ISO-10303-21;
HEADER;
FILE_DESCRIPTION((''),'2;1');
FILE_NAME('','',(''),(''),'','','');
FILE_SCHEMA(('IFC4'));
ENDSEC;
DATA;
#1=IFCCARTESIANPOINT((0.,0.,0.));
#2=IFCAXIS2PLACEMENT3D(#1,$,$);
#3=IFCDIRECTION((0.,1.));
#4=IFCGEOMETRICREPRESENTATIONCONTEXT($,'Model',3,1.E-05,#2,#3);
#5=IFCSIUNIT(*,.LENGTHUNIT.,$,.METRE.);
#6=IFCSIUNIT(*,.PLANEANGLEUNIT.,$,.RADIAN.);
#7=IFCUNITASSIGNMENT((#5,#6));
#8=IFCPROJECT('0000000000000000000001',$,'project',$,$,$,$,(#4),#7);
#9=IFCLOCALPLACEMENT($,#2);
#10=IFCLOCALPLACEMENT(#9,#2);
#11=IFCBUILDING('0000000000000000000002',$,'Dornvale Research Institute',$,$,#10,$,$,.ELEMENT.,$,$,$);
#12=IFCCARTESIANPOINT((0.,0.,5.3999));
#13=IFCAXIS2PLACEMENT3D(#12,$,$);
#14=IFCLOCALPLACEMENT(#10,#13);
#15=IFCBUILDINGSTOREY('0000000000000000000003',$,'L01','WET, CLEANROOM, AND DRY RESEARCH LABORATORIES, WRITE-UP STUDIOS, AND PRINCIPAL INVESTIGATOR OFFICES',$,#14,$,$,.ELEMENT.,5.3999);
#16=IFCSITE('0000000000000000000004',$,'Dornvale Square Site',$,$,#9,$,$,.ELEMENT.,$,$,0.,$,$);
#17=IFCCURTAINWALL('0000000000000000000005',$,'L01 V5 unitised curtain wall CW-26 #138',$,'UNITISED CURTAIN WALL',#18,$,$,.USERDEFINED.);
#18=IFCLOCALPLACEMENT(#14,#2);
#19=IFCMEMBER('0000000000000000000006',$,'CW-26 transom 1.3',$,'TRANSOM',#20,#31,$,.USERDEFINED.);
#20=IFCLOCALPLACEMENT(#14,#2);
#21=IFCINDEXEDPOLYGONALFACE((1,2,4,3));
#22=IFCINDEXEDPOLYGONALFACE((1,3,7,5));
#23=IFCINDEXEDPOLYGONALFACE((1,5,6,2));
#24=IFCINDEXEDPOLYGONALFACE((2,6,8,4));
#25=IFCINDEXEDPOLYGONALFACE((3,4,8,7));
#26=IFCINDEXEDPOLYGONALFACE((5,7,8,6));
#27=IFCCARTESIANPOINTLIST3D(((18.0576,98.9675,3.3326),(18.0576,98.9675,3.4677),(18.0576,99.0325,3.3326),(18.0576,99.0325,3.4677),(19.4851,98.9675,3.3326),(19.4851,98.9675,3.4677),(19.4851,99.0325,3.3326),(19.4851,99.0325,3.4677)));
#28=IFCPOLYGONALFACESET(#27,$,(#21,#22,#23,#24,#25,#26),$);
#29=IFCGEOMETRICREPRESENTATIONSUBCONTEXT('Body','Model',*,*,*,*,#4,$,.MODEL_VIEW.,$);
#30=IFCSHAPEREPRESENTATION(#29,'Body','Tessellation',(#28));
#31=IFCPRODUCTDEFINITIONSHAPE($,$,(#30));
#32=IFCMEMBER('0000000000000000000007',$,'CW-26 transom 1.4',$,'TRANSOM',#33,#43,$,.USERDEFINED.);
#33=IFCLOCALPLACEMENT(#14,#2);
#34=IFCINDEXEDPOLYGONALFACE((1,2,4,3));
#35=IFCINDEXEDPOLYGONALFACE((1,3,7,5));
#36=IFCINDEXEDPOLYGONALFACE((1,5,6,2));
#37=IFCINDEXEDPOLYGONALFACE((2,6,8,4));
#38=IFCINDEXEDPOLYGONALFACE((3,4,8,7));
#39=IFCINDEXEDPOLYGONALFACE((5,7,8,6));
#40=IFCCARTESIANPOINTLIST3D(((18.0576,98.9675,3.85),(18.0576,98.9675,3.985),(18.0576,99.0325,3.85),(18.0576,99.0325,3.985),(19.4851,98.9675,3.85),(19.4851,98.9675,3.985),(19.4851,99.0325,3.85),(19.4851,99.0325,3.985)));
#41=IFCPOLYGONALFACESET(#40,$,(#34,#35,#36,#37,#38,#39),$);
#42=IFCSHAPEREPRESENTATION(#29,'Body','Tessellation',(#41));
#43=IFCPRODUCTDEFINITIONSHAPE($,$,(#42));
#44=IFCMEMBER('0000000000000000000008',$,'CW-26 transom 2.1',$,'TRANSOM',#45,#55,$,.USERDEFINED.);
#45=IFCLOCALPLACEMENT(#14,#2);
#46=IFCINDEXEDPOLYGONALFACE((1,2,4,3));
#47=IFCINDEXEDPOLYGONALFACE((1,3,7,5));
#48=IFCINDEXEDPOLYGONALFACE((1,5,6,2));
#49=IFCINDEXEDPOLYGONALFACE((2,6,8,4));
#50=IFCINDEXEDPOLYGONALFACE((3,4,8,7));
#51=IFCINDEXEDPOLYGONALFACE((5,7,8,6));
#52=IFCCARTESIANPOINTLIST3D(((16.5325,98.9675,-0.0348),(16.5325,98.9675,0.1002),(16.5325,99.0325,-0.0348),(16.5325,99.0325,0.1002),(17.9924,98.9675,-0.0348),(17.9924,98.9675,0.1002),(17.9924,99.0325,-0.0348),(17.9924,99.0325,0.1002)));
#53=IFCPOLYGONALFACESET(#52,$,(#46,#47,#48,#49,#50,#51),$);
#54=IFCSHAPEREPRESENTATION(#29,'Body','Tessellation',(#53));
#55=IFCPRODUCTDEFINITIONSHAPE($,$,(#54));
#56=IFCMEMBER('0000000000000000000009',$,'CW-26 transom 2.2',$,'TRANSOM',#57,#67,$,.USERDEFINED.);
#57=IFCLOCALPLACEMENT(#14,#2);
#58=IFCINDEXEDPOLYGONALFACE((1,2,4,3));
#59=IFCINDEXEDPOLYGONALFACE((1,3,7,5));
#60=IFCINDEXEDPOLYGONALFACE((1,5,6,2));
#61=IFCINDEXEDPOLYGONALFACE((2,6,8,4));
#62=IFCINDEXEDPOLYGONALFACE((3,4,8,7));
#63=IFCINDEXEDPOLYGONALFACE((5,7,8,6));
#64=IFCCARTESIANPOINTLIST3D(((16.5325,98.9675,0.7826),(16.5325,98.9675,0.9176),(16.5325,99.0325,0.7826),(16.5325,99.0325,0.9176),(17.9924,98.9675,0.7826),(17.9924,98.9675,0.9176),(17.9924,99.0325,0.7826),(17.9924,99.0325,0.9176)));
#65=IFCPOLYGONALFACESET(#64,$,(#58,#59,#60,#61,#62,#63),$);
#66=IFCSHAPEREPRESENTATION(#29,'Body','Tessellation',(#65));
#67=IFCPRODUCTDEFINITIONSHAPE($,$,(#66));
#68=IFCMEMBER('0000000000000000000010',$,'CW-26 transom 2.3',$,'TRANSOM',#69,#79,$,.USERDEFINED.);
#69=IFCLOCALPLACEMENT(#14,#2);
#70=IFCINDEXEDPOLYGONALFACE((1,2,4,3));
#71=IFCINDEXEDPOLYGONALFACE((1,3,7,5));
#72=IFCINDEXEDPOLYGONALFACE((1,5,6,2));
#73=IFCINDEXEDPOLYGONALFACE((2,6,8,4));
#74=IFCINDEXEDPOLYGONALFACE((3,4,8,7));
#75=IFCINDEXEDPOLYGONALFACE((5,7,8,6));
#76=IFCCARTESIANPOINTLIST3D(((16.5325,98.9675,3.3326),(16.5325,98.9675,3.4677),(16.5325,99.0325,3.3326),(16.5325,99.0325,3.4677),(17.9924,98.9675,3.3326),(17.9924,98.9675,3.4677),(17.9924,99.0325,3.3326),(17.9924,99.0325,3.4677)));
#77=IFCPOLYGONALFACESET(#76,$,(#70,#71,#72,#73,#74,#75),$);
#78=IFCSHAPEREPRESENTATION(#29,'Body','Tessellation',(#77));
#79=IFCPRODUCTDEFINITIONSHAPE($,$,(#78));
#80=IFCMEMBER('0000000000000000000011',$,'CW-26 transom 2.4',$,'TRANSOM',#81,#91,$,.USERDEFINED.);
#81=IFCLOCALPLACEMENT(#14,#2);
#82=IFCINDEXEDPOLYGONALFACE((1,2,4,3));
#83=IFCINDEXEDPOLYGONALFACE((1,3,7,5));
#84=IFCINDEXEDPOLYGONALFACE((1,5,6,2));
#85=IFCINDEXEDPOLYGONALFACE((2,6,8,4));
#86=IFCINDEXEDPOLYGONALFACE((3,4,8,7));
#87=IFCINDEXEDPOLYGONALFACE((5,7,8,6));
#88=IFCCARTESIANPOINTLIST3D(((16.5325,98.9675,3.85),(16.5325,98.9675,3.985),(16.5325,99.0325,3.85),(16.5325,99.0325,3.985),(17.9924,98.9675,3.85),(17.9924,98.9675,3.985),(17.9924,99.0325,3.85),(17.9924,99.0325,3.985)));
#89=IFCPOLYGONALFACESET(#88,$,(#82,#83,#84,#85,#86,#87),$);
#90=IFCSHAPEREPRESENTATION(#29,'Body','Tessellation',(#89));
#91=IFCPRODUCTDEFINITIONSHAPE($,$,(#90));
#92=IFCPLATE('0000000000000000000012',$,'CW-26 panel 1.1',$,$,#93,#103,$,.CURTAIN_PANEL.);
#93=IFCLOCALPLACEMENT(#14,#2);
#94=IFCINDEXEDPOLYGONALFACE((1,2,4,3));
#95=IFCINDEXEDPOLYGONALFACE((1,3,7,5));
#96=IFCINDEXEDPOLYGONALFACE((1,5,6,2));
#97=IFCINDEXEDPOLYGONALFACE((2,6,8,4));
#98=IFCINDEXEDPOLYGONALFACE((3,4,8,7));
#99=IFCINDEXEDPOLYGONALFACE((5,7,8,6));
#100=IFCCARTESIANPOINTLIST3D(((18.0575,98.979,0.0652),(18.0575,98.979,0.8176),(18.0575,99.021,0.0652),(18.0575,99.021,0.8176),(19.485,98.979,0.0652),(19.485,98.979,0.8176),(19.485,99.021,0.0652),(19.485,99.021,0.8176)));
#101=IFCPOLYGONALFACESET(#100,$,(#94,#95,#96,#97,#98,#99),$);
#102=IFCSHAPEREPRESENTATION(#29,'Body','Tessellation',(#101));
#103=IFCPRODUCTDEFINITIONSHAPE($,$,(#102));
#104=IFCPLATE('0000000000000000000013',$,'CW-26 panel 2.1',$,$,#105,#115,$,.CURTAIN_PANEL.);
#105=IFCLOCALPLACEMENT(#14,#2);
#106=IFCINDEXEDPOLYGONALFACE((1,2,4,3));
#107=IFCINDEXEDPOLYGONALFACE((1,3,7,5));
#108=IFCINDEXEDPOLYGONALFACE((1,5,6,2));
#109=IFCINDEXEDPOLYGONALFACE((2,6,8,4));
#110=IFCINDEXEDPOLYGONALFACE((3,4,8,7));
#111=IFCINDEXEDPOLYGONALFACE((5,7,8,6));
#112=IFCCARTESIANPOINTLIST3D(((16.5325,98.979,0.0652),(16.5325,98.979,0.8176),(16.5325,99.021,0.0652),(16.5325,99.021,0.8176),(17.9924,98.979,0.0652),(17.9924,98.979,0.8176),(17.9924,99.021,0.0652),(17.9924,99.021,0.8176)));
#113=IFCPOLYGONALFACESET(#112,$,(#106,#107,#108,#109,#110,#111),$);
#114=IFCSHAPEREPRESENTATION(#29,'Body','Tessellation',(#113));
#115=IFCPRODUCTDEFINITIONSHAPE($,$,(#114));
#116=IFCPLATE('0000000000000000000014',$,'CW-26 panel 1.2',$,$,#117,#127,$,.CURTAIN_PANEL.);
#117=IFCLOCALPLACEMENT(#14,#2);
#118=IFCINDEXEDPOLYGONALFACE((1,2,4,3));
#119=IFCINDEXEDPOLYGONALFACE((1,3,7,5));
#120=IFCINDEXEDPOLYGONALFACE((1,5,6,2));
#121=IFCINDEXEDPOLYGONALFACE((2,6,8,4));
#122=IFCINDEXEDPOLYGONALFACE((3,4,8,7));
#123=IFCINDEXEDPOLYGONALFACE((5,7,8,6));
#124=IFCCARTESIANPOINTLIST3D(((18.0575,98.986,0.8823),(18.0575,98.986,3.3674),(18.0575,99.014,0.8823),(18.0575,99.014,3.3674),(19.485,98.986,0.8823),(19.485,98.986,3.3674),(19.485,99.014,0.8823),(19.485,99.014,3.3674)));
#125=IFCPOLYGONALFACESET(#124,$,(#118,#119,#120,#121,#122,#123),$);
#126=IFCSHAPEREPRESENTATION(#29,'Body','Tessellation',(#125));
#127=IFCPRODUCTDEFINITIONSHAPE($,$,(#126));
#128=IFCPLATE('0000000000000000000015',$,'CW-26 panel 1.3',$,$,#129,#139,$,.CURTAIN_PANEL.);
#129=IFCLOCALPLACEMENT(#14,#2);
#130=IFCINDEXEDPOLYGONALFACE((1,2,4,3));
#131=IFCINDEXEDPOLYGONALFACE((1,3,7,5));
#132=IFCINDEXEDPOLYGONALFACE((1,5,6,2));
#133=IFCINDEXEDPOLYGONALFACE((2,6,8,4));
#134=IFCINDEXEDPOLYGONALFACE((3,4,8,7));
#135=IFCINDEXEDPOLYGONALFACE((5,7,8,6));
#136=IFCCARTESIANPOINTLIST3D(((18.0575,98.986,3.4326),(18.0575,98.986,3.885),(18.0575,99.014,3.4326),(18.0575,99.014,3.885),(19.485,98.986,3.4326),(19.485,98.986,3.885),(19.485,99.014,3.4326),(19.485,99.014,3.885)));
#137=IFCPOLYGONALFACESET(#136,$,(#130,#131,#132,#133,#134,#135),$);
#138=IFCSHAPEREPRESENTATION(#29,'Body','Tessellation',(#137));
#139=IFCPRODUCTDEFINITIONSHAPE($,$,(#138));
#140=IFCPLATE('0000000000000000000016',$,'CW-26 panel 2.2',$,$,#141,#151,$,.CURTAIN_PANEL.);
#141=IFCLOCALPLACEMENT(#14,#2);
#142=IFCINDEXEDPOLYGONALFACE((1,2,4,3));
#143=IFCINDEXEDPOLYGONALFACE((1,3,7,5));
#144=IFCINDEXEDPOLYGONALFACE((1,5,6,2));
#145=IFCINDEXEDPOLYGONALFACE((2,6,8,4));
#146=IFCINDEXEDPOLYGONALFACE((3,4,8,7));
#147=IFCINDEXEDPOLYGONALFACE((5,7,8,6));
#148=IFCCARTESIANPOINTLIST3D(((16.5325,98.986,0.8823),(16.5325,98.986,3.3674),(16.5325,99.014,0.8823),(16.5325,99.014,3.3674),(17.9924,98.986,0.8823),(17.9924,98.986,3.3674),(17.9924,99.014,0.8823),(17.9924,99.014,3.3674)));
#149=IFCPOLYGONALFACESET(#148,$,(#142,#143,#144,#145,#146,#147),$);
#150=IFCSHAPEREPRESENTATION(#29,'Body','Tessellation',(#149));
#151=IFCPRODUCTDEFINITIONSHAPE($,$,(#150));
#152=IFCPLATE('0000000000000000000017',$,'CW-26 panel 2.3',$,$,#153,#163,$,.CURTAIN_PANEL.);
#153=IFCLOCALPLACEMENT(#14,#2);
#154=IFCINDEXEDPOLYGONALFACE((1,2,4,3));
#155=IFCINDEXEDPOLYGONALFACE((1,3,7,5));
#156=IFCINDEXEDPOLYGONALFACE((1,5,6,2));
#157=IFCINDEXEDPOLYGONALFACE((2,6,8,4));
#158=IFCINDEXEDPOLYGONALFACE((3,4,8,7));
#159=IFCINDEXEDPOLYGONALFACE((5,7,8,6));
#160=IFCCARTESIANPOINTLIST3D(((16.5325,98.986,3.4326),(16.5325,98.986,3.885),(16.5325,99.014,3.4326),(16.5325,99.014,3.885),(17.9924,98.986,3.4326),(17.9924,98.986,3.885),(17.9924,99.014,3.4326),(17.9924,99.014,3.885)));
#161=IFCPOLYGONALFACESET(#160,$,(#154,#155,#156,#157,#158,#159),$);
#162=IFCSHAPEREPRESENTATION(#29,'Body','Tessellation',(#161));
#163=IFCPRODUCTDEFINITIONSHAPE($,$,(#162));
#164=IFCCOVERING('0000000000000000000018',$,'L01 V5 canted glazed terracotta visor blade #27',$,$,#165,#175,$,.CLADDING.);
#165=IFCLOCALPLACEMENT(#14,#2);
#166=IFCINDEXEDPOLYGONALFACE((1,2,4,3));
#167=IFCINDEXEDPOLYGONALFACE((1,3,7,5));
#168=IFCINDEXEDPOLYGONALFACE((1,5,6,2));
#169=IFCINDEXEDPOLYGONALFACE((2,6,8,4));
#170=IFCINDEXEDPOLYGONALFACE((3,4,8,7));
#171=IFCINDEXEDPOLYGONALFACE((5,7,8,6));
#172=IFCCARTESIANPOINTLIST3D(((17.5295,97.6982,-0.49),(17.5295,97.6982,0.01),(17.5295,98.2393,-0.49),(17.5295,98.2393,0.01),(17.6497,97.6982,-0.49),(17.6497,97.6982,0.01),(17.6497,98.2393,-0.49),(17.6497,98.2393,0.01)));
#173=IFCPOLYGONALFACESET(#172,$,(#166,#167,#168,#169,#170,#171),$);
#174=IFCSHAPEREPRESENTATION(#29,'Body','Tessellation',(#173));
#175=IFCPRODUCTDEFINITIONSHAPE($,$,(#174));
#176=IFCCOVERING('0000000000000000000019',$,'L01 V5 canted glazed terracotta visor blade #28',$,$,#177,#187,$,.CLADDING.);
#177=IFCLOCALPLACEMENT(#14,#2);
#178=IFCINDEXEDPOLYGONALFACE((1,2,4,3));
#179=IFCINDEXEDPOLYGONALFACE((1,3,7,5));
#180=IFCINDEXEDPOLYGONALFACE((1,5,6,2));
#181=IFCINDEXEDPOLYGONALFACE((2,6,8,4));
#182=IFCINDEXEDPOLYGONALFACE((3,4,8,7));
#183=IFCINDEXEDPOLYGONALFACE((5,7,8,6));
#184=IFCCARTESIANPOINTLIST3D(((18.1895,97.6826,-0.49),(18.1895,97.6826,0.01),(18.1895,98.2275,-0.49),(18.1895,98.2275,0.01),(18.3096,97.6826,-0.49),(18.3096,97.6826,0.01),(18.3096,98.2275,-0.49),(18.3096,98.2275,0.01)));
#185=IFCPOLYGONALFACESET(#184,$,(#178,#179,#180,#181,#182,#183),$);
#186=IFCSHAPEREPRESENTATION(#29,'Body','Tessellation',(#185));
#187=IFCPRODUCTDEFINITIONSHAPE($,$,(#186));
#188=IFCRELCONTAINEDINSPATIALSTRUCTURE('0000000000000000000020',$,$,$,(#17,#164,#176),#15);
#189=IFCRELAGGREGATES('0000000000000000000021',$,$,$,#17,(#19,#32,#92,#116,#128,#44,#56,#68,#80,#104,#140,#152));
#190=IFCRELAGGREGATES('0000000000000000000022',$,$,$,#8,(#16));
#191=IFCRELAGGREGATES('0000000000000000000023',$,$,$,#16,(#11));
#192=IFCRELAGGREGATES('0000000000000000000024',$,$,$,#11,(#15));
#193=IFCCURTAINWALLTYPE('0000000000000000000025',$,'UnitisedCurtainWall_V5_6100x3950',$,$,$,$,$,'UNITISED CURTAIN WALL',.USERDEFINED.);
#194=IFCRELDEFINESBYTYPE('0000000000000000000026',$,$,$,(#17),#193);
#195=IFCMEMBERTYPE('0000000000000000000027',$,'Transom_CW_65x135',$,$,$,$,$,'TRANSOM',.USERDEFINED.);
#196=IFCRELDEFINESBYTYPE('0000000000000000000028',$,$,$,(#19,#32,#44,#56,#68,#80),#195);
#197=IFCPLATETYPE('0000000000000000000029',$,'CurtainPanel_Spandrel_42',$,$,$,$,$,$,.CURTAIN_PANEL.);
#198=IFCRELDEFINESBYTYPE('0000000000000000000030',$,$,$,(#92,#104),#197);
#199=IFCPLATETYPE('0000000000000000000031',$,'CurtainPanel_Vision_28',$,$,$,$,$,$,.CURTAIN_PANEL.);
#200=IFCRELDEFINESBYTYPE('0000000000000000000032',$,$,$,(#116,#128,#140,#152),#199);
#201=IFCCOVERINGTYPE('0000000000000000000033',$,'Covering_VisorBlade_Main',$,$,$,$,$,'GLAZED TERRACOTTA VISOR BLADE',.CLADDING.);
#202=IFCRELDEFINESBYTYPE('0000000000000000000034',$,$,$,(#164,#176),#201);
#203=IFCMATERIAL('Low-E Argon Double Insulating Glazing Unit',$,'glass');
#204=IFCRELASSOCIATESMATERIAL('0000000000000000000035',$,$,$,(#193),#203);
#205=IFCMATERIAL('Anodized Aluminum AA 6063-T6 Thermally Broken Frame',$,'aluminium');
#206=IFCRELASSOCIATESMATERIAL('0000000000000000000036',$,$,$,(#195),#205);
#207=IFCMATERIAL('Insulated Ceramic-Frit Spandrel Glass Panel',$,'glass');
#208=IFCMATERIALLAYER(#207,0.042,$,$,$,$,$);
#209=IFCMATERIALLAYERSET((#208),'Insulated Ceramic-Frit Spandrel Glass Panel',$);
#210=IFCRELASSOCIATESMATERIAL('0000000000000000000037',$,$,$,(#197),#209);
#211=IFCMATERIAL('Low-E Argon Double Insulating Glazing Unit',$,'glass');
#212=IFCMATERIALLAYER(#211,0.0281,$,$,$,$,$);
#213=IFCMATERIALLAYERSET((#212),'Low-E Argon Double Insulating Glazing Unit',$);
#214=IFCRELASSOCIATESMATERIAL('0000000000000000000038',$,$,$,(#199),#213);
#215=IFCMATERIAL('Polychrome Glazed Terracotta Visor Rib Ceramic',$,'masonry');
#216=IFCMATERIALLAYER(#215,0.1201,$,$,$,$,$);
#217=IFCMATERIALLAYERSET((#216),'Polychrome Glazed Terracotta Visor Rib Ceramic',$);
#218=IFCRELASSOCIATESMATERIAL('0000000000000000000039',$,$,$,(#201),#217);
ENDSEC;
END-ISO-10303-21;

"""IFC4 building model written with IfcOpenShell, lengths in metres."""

from ifc_helpers import new_model, si_unit, direction, frame, origin, origin_2d, place, context, subcontext, project, spatial, rectangle, extrude, material, layer, layer_set, material_profile, profile_set, type_object, element, aggregate, save


model = new_model("IFC4")

# Units and contexts
model_context = context("Model", 3, precision=1e-05, world=origin(), true_north=direction((0.0, 1.0)))
body_context = subcontext(model_context, "Body", "Model", "MODEL_VIEW")
ifc_project = project(units=[si_unit("LENGTHUNIT", "METRE"), si_unit("PLANEANGLEUNIT", "RADIAN")], contexts=[model_context])

# Site, building, storey
site_placement = place(None, origin())
site = spatial("IfcSite", under=ifc_project, at=site_placement, Name="Dornvale Square Site", CompositionType="ELEMENT", RefElevation=0.0)
building_placement = place(site_placement, origin())
building = spatial("IfcBuilding", under=site, at=building_placement, Name="Dornvale Research Institute", CompositionType="ELEMENT")
storey_placement = place(building_placement, frame((0.0, 0.0, 5.3999)))
storey = spatial("IfcBuildingStorey", under=building, at=storey_placement, Name="L01", Description="WET, CLEANROOM, AND DRY RESEARCH LABORATORIES, WRITE-UP STUDIOS, AND PRINCIPAL INVESTIGATOR OFFICES", CompositionType="ELEMENT", Elevation=5.3999)

# Curtain wall
ifc_material_1 = material(Name="Low-E Argon Double Insulating Glazing Unit", Category="glass")
curtain_wall_type = type_object("IfcCurtainWallType", Name="UnitisedCurtainWall_V5_6100x3950", ElementType="UNITISED CURTAIN WALL", PredefinedType="USERDEFINED", material=ifc_material_1)
curtain_wall_placement = place(storey_placement, origin())
curtain_wall = element("IfcCurtainWall", 1, at=curtain_wall_placement, inside=storey, type_object=curtain_wall_type, Name="L01 V5 unitised curtain wall CW-26 #138", ObjectType="UNITISED CURTAIN WALL", PredefinedType="USERDEFINED")

# Members
ifc_material_2 = material(Name="Anodized Aluminum AA 6063-T6 Thermally Broken Frame", Category="aluminium")
ifc_material_profile_1 = material_profile(ifc_material_2, rectangle(XDim=0.0649, YDim=0.135, at=origin_2d()), Name="ALU TRANSOM 65x135")
ifc_profile_set_1 = profile_set([ifc_material_profile_1], Name="Anodized Aluminum AA 6063-T6 Thermally Broken Frame")
member_type_1 = type_object("IfcMemberType", Name="Transom_CW_65x135", ElementType="TRANSOM", PredefinedType="USERDEFINED", material=ifc_profile_set_1)
member_1_placement = place(storey_placement, frame((19.4851, 99.0, 3.4001), z_axis=(-1.0, 0.0, 0.0), x_axis=(0.0, -1.0, 0.0)))
member_1 = element("IfcMember", 2, at=member_1_placement, type_object=member_type_1, Name="CW-26 transom 1.3", ObjectType="TRANSOM", PredefinedType="USERDEFINED", context=body_context, shape_type="SweptSolid", body=[
    extrude(rectangle(XDim=0.0649, YDim=0.135, at=origin_2d()), origin(), (0.0, 0.0, 1.0), 1.4275),
])
member_2_placement = place(storey_placement, frame((19.4851, 99.0, 3.9175), z_axis=(-1.0, 0.0, 0.0), x_axis=(0.0, -1.0, 0.0)))
member_2 = element("IfcMember", 3, at=member_2_placement, type_object=member_type_1, Name="CW-26 transom 1.4", ObjectType="TRANSOM", PredefinedType="USERDEFINED", context=body_context, shape_type="SweptSolid", body=[
    extrude(rectangle(XDim=0.0649, YDim=0.135, at=origin_2d()), origin(), (0.0, 0.0, 1.0), 1.4275),
])
member_3_placement = place(storey_placement, frame((17.9924, 99.0, 0.0327), z_axis=(-1.0, 0.0, 0.0), x_axis=(0.0, -1.0, 0.0)))
member_3 = element("IfcMember", 4, at=member_3_placement, type_object=member_type_1, Name="CW-26 transom 2.1", ObjectType="TRANSOM", PredefinedType="USERDEFINED", context=body_context, shape_type="SweptSolid", body=[
    extrude(rectangle(XDim=0.0649, YDim=0.135, at=origin_2d()), origin(), (0.0, 0.0, 1.0), 1.46),
])
member_4_placement = place(storey_placement, frame((17.9924, 99.0, 0.8501), z_axis=(-1.0, 0.0, 0.0), x_axis=(0.0, -1.0, 0.0)))
member_4 = element("IfcMember", 5, at=member_4_placement, type_object=member_type_1, Name="CW-26 transom 2.2", ObjectType="TRANSOM", PredefinedType="USERDEFINED", context=body_context, shape_type="SweptSolid", body=[
    extrude(rectangle(XDim=0.0649, YDim=0.135, at=origin_2d()), origin(), (0.0, 0.0, 1.0), 1.46),
])
member_5_placement = place(storey_placement, frame((17.9924, 99.0, 3.4001), z_axis=(-1.0, 0.0, 0.0), x_axis=(0.0, -1.0, 0.0)))
member_5 = element("IfcMember", 6, at=member_5_placement, type_object=member_type_1, Name="CW-26 transom 2.3", ObjectType="TRANSOM", PredefinedType="USERDEFINED", context=body_context, shape_type="SweptSolid", body=[
    extrude(rectangle(XDim=0.0649, YDim=0.135, at=origin_2d()), origin(), (0.0, 0.0, 1.0), 1.46),
])
member_6_placement = place(storey_placement, frame((17.9924, 99.0, 3.9175), z_axis=(-1.0, 0.0, 0.0), x_axis=(0.0, -1.0, 0.0)))
member_6 = element("IfcMember", 7, at=member_6_placement, type_object=member_type_1, Name="CW-26 transom 2.4", ObjectType="TRANSOM", PredefinedType="USERDEFINED", context=body_context, shape_type="SweptSolid", body=[
    extrude(rectangle(XDim=0.0649, YDim=0.135, at=origin_2d()), origin(), (0.0, 0.0, 1.0), 1.46),
])

# Plates
ifc_material_3 = material(Name="Insulated Ceramic-Frit Spandrel Glass Panel", Category="glass")
ifc_layer_1 = layer(ifc_material_3, 0.042)
ifc_layer_set_1 = layer_set([ifc_layer_1], Name="Insulated Ceramic-Frit Spandrel Glass Panel")
plate_type_1 = type_object("IfcPlateType", Name="CurtainPanel_Spandrel_42", PredefinedType="CURTAIN_PANEL", material=ifc_layer_set_1)
plate_1_placement = place(storey_placement, frame((18.7712, 99.0, 0.0652), z_axis=(0.0, 0.0, 1.0), x_axis=(-1.0, 0.0, 0.0)))
plate_1 = element("IfcPlate", 8, at=plate_1_placement, type_object=plate_type_1, Name="CW-26 panel 1.1", PredefinedType="CURTAIN_PANEL", context=body_context, shape_type="SweptSolid", body=[
    extrude(rectangle(XDim=1.4275, YDim=0.042, at=origin_2d()), origin(), (0.0, 0.0, 1.0), 0.7524),
])
plate_2_placement = place(storey_placement, frame((17.2625, 99.0, 0.0652), z_axis=(0.0, 0.0, 1.0), x_axis=(-1.0, 0.0, 0.0)))
plate_2 = element("IfcPlate", 9, at=plate_2_placement, type_object=plate_type_1, Name="CW-26 panel 2.1", PredefinedType="CURTAIN_PANEL", context=body_context, shape_type="SweptSolid", body=[
    extrude(rectangle(XDim=1.46, YDim=0.042, at=origin_2d()), origin(), (0.0, 0.0, 1.0), 0.7524),
])
ifc_material_4 = material(Name="Low-E Argon Double Insulating Glazing Unit", Category="glass")
ifc_layer_2 = layer(ifc_material_4, 0.0281)
ifc_layer_set_2 = layer_set([ifc_layer_2], Name="Low-E Argon Double Insulating Glazing Unit")
plate_type_2 = type_object("IfcPlateType", Name="CurtainPanel_Vision_28", PredefinedType="CURTAIN_PANEL", material=ifc_layer_set_2)
plate_3_placement = place(storey_placement, frame((18.7712, 99.0, 0.8823), z_axis=(0.0, 0.0, 1.0), x_axis=(-1.0, 0.0, 0.0)))
plate_3 = element("IfcPlate", 10, at=plate_3_placement, type_object=plate_type_2, Name="CW-26 panel 1.2", PredefinedType="CURTAIN_PANEL", context=body_context, shape_type="SweptSolid", body=[
    extrude(rectangle(XDim=1.4275, YDim=0.0281, at=origin_2d()), origin(), (0.0, 0.0, 1.0), 2.4851),
])
plate_4_placement = place(storey_placement, frame((18.7712, 99.0, 3.4326), z_axis=(0.0, 0.0, 1.0), x_axis=(-1.0, 0.0, 0.0)))
plate_4 = element("IfcPlate", 11, at=plate_4_placement, type_object=plate_type_2, Name="CW-26 panel 1.3", PredefinedType="CURTAIN_PANEL", context=body_context, shape_type="SweptSolid", body=[
    extrude(rectangle(XDim=1.4275, YDim=0.0281, at=origin_2d()), origin(), (0.0, 0.0, 1.0), 0.4524),
])
plate_5_placement = place(storey_placement, frame((17.2625, 99.0, 0.8823), z_axis=(0.0, 0.0, 1.0), x_axis=(-1.0, 0.0, 0.0)))
plate_5 = element("IfcPlate", 12, at=plate_5_placement, type_object=plate_type_2, Name="CW-26 panel 2.2", PredefinedType="CURTAIN_PANEL", context=body_context, shape_type="SweptSolid", body=[
    extrude(rectangle(XDim=1.46, YDim=0.0281, at=origin_2d()), origin(), (0.0, 0.0, 1.0), 2.4851),
])
plate_6_placement = place(storey_placement, frame((17.2625, 99.0, 3.4326), z_axis=(0.0, 0.0, 1.0), x_axis=(-1.0, 0.0, 0.0)))
plate_6 = element("IfcPlate", 13, at=plate_6_placement, type_object=plate_type_2, Name="CW-26 panel 2.3", PredefinedType="CURTAIN_PANEL", context=body_context, shape_type="SweptSolid", body=[
    extrude(rectangle(XDim=1.46, YDim=0.0281, at=origin_2d()), origin(), (0.0, 0.0, 1.0), 0.4524),
])
aggregate(curtain_wall, [member_1, member_2, plate_1, plate_3, plate_4, member_3, member_4, member_5, member_6, plate_2, plate_5, plate_6])

# Coverings
ifc_material_5 = material(Name="Polychrome Glazed Terracotta Visor Rib Ceramic", Category="masonry")
ifc_layer_3 = layer(ifc_material_5, 0.1201)
ifc_layer_set_3 = layer_set([ifc_layer_3], Name="Polychrome Glazed Terracotta Visor Rib Ceramic")
covering_type = type_object("IfcCoveringType", Name="Covering_VisorBlade_Main", ElementType="GLAZED TERRACOTTA VISOR BLADE", PredefinedType="CLADDING", material=ifc_layer_set_3)
covering_1_placement = place(storey_placement, frame((17.5896, 97.9688, -0.49), z_axis=(0.0, 0.0, 1.0), x_axis=(0.0, 1.0, 0.0)))
element("IfcCovering", 14, at=covering_1_placement, inside=storey, type_object=covering_type, Name="L01 V5 canted glazed terracotta visor blade #27", PredefinedType="CLADDING", context=body_context, shape_type="SweptSolid", body=[
    extrude(rectangle(XDim=0.541, YDim=0.1201, at=origin_2d()), origin(), (0.0, 0.0, 1.0), 0.5),
])
covering_2_placement = place(storey_placement, frame((18.2495, 97.9551, -0.49), z_axis=(0.0, 0.0, 1.0), x_axis=(0.0, 1.0, 0.0)))
element("IfcCovering", 15, at=covering_2_placement, inside=storey, type_object=covering_type, Name="L01 V5 canted glazed terracotta visor blade #28", PredefinedType="CLADDING", context=body_context, shape_type="SweptSolid", body=[
    extrude(rectangle(XDim=0.5449, YDim=0.1201, at=origin_2d()), origin(), (0.0, 0.0, 1.0), 0.5),
])

save(model, "model.ifc")
